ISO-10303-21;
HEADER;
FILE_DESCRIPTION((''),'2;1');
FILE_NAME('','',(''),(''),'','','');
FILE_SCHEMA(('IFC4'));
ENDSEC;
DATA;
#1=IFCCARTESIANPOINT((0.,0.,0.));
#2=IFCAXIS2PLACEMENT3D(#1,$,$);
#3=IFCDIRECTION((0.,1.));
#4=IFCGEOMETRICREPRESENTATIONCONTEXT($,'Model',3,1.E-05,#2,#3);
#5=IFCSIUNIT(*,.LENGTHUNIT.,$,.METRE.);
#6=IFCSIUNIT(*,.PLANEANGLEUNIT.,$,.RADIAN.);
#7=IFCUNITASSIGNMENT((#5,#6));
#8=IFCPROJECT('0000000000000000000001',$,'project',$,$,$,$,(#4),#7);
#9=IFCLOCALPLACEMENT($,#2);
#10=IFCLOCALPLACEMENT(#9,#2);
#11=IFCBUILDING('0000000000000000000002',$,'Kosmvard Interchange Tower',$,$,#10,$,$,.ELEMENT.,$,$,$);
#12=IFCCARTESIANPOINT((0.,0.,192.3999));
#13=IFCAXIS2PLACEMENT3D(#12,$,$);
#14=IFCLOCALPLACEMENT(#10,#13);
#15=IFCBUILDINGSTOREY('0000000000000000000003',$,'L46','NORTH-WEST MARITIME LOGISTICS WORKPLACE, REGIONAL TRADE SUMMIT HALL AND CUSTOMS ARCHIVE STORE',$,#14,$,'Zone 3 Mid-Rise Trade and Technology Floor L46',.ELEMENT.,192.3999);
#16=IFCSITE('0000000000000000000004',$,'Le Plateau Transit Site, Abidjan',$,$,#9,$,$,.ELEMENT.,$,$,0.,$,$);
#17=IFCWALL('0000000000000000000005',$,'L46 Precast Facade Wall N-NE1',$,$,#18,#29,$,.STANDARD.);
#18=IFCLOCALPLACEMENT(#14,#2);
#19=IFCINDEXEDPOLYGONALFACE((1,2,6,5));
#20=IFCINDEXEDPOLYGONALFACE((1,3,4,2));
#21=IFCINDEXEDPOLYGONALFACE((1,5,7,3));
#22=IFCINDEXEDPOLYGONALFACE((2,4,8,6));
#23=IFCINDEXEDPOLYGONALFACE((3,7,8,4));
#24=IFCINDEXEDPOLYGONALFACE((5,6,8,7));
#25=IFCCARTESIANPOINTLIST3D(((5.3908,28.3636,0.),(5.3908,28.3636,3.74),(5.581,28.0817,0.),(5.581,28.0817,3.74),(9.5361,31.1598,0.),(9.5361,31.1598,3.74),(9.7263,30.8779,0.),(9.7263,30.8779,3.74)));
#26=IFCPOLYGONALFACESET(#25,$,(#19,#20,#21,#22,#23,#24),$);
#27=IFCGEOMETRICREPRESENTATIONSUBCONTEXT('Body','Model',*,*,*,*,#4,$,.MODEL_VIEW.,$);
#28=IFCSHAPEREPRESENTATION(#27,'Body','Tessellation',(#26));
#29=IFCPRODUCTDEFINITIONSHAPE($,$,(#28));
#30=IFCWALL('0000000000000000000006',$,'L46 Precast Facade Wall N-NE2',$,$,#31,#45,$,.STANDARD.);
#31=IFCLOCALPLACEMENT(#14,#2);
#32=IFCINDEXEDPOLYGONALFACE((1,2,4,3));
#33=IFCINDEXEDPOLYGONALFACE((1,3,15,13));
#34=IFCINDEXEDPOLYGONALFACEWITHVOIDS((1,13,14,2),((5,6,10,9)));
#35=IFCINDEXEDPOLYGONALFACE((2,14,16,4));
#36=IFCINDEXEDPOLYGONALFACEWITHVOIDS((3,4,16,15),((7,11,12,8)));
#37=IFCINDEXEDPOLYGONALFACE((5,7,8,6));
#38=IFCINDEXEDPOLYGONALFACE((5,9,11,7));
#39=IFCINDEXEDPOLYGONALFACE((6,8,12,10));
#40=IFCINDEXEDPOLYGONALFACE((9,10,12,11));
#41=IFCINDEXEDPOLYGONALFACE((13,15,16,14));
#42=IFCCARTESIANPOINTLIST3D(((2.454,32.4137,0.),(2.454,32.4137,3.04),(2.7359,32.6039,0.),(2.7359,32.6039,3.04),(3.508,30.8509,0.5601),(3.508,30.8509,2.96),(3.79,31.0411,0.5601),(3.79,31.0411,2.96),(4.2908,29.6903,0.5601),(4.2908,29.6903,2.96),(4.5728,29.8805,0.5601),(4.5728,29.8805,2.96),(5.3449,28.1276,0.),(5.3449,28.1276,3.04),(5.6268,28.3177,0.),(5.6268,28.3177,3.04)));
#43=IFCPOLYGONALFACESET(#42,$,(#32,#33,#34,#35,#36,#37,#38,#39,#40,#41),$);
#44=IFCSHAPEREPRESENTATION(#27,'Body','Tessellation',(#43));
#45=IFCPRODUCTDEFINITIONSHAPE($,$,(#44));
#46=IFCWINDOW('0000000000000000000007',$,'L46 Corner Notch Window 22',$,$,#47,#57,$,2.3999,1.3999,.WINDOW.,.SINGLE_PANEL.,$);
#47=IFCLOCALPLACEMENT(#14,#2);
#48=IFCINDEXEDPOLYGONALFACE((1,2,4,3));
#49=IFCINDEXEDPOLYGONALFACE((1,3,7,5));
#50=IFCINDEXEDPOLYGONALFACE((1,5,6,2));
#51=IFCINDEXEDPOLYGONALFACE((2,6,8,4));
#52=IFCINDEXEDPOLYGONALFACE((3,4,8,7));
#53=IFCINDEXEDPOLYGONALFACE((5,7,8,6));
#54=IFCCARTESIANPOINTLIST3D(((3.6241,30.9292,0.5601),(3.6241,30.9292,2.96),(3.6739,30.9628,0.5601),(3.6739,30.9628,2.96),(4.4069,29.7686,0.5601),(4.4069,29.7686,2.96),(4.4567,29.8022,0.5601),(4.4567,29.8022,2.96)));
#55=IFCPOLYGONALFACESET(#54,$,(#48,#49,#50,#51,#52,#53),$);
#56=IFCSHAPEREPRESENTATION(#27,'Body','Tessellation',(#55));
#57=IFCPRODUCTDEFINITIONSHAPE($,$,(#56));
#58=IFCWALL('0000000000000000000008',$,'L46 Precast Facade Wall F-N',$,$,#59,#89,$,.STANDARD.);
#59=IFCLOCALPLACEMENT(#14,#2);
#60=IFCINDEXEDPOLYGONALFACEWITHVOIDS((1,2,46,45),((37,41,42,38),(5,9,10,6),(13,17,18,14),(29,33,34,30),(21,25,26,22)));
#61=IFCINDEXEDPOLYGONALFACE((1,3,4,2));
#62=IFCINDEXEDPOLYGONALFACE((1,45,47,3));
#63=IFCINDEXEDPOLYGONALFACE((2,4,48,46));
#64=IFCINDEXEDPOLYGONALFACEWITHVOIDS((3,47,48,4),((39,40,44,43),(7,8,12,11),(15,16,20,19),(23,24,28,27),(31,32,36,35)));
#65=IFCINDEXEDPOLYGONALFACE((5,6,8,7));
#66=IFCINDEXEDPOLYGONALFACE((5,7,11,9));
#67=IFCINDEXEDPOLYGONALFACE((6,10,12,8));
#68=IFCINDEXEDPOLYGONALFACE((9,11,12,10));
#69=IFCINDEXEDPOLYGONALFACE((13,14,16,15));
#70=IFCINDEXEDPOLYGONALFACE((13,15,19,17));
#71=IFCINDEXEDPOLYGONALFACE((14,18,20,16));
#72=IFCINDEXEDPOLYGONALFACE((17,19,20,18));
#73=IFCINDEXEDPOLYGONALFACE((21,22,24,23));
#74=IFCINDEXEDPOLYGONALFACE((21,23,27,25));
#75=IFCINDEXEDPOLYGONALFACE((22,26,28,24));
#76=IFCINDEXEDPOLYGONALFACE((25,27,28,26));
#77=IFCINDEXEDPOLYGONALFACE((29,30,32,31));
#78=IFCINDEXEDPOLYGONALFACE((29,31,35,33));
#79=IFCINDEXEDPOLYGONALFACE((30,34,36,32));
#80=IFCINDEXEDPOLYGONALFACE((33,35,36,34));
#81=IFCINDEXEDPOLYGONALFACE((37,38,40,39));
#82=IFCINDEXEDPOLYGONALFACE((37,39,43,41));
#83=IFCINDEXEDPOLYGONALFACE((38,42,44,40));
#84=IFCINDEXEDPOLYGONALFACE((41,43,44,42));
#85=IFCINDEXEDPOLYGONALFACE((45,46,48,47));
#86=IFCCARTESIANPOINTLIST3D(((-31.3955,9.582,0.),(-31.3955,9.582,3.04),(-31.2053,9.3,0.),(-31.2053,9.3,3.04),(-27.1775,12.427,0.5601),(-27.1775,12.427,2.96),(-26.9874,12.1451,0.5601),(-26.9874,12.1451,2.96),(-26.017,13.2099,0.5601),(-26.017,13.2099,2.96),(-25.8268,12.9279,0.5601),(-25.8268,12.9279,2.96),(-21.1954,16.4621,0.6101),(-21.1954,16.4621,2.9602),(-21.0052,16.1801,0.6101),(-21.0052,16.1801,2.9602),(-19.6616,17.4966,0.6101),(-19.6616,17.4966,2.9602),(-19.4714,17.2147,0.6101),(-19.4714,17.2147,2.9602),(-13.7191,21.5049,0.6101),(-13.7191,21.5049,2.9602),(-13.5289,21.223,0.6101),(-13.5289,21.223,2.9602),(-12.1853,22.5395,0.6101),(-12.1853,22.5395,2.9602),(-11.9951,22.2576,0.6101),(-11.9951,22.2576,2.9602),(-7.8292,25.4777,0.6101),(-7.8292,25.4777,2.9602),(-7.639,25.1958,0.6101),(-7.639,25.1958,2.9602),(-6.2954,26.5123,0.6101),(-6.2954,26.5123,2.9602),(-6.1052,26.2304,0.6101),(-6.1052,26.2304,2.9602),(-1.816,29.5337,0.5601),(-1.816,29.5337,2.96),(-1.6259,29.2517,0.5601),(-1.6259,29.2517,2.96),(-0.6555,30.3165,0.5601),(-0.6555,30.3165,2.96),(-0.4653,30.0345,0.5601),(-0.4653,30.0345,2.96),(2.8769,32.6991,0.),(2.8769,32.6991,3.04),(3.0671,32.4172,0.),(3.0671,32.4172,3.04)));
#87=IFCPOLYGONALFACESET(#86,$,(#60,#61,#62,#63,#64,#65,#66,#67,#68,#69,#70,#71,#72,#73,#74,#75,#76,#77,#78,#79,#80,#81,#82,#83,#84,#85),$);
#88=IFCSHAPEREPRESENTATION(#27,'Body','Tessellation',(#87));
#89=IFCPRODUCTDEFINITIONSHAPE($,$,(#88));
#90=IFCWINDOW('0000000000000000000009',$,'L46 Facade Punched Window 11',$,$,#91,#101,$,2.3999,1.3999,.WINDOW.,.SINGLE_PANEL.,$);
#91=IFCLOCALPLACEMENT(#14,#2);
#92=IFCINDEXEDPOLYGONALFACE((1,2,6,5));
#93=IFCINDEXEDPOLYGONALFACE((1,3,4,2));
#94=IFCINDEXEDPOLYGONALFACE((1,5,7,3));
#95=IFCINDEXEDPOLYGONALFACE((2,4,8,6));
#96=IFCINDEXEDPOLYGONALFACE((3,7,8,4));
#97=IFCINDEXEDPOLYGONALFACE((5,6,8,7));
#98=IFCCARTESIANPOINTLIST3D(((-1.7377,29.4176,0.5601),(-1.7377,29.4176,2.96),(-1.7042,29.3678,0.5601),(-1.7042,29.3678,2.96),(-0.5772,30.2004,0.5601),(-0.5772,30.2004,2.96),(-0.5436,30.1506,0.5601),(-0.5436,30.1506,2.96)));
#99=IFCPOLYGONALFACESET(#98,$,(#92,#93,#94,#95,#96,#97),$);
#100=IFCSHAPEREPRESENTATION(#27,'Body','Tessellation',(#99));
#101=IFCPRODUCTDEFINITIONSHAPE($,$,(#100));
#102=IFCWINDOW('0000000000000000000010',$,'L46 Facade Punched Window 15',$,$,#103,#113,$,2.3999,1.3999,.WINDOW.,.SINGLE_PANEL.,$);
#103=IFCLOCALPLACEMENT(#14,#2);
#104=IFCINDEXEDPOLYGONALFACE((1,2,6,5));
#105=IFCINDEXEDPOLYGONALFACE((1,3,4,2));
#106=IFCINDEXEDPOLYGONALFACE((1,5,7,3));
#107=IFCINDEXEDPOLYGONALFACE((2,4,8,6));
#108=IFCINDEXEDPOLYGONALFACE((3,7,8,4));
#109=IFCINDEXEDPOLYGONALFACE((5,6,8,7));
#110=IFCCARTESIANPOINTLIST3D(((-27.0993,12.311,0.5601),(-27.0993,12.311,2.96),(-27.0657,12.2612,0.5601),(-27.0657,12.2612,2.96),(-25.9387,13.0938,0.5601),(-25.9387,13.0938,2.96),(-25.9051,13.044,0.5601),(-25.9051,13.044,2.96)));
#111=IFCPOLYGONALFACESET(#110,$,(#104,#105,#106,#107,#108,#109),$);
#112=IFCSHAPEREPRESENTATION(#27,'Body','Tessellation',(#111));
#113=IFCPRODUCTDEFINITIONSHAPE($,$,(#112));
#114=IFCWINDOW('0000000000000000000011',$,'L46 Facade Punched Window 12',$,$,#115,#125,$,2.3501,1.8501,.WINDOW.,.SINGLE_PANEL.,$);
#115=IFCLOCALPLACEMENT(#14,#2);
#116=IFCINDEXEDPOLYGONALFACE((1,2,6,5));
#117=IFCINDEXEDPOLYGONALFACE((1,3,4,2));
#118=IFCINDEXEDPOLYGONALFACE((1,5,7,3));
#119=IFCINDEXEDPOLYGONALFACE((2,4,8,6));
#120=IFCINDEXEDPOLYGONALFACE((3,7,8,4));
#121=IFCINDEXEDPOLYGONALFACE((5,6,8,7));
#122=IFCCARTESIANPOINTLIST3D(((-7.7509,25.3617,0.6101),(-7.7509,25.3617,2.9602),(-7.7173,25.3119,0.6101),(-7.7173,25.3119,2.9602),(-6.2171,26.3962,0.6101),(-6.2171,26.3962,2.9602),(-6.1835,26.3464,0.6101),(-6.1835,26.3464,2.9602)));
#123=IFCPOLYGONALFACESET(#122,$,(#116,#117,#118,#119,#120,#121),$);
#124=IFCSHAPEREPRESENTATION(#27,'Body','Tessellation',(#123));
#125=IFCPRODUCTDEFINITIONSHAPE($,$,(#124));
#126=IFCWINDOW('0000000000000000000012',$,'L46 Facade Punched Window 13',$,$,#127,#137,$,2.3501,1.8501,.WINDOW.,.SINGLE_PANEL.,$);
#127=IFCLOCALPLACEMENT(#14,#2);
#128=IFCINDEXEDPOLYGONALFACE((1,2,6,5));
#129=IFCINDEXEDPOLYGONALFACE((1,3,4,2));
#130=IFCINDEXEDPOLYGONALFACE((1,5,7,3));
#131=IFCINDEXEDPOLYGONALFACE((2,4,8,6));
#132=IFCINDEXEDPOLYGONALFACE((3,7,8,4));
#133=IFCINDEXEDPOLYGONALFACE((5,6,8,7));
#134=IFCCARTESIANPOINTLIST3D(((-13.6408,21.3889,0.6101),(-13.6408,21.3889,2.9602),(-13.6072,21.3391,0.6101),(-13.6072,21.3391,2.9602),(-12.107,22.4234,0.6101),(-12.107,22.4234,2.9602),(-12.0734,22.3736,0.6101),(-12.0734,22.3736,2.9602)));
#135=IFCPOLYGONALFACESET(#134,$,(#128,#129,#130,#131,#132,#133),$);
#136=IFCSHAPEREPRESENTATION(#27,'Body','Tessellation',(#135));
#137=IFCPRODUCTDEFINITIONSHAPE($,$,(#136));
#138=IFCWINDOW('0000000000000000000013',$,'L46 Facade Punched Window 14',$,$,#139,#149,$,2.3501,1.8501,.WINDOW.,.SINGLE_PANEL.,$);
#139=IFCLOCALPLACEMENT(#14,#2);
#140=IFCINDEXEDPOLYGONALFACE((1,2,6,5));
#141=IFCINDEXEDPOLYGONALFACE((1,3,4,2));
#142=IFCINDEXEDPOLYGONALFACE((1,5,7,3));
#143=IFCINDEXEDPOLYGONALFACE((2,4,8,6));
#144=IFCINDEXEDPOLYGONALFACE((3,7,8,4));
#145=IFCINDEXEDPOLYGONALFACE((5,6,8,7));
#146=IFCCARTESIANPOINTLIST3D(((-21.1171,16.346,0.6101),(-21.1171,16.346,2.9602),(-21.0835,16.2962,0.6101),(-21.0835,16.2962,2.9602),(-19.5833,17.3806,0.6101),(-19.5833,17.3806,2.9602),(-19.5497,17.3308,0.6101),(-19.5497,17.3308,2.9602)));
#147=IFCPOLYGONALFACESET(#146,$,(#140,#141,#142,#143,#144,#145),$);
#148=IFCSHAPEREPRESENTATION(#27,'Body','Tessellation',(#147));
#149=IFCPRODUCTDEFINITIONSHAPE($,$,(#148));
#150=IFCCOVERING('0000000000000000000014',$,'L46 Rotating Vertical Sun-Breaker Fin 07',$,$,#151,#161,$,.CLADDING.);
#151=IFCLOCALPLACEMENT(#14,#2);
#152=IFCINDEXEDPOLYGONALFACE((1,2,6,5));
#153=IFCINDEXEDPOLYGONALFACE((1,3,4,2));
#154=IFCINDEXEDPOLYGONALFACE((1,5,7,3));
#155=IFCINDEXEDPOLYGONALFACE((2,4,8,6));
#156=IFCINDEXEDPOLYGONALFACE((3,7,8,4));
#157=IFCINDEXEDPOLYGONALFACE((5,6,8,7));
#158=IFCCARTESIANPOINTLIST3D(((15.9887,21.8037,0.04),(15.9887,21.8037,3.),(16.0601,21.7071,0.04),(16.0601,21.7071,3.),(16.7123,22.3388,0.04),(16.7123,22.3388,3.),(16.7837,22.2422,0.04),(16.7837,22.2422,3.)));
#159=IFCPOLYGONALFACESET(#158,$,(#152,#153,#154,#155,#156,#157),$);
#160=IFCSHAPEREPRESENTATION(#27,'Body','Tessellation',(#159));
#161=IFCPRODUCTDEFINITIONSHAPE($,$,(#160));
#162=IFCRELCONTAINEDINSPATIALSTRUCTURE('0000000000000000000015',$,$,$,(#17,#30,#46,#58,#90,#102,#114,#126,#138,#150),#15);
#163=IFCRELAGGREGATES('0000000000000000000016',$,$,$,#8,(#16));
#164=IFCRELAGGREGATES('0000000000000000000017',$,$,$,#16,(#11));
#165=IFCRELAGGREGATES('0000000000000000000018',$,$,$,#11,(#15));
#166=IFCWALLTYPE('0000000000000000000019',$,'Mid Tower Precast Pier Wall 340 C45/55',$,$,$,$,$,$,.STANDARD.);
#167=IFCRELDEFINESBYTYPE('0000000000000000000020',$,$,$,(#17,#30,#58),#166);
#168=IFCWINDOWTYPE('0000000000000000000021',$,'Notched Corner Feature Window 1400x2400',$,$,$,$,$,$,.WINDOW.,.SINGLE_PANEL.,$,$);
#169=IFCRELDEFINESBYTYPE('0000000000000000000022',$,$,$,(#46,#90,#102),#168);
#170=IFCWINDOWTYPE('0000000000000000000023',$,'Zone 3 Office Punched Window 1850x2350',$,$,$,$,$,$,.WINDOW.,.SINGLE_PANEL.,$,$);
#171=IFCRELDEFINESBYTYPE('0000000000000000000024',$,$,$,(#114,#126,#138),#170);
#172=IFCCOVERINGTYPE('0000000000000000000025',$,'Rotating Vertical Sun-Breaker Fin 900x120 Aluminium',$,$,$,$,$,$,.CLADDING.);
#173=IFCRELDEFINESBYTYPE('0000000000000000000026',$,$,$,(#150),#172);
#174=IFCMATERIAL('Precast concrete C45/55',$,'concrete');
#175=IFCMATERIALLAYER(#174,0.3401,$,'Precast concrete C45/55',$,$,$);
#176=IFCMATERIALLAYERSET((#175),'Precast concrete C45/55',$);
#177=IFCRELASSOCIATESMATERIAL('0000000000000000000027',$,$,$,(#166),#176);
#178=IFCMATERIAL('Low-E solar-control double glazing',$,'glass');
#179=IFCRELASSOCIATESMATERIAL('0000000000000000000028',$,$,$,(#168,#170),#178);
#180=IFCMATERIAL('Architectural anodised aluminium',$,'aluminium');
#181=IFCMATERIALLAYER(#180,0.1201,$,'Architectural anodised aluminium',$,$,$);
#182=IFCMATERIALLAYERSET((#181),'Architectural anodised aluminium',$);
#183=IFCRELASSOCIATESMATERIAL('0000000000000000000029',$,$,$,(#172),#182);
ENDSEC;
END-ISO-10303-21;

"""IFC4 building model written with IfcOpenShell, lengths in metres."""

from ifc_helpers import new_model, si_unit, direction, frame, frame_2d, origin, origin_2d, place, context, subcontext, project, spatial, rectangle, extrude, source, transform, mapped, material, layer, layer_set, type_object, element, fill, save


model = new_model("IFC4")

# Units and contexts
model_context = context("Model", 3, precision=1e-05, world=origin(), true_north=direction((0.0, 1.0)))
body_context = subcontext(model_context, "Body", "Model", "MODEL_VIEW")
ifc_project = project(units=[si_unit("LENGTHUNIT", "METRE"), si_unit("PLANEANGLEUNIT", "RADIAN")], contexts=[model_context])

# Site, building, storey
site_placement = place(None, origin())
site = spatial("IfcSite", under=ifc_project, at=site_placement, Name="Le Plateau Transit Site, Abidjan", CompositionType="ELEMENT", RefElevation=0.0)
building_placement = place(site_placement, origin())
building = spatial("IfcBuilding", under=site, at=building_placement, Name="Kosmvard Interchange Tower", CompositionType="ELEMENT")
storey_placement = place(building_placement, frame((0.0, 0.0, 192.3999)))
storey = spatial("IfcBuildingStorey", under=building, at=storey_placement, Name="L46", Description="NORTH-WEST MARITIME LOGISTICS WORKPLACE, REGIONAL TRADE SUMMIT HALL AND CUSTOMS ARCHIVE STORE", LongName="Zone 3 Mid-Rise Trade and Technology Floor L46", CompositionType="ELEMENT", Elevation=192.3999)

# Shared definitions
ifc_material_1 = material(Name="Precast concrete C45/55", Category="concrete")

# Wall
ifc_layer_1 = layer(ifc_material_1, 0.3401, Name="Precast concrete C45/55")
ifc_layer_set_1 = layer_set([ifc_layer_1], Name="Precast concrete C45/55")
wall_type = type_object("IfcWallType", Name="Mid Tower Precast Pier Wall 340 C45/55", PredefinedType="STANDARD", material=ifc_layer_set_1)
wall_1_placement = place(storey_placement, frame((9.6311, 31.0188, 0.0), z_axis=(0.0, 0.0, 1.0), x_axis=(-0.829026, -0.55921, 0.0)))
element("IfcWall", 1, at=wall_1_placement, inside=storey, type_object=wall_type, Name="L46 Precast Facade Wall N-NE1", PredefinedType="STANDARD", context=body_context, shape_type="SweptSolid", body=[
    extrude(rectangle(XDim=5.0002, YDim=0.3401, at=frame_2d((2.5, 0.0))), origin(), (0.0, 0.0, 1.0), 3.74),
])

# Wall, opening, window
wall_2_placement = place(storey_placement, frame((5.4858, 28.2227, 0.0), z_axis=(0.0, 0.0, 1.0), x_axis=(-0.559171, 0.829052, 0.0)))
wall_2 = element("IfcWall", 2, at=wall_2_placement, inside=storey, type_object=wall_type, Name="L46 Precast Facade Wall N-NE2", PredefinedType="STANDARD", context=body_context, shape_type="SweptSolid", body=[
    extrude(rectangle(XDim=5.1699, YDim=0.3401, at=frame_2d((2.585, 0.0))), origin(), (0.0, 0.0, 1.0), 3.04),
])
opening_1_placement = place(wall_2_placement, frame((1.885, 0.0, 0.5601)))
opening_1 = element("IfcOpeningElement", 3, at=opening_1_placement, cuts=wall_2, PredefinedType="OPENING", context=body_context, shape_type="SweptSolid", body=[
    extrude(rectangle(XDim=1.3999, YDim=2.3999, at=frame_2d((0.7, 1.2))), frame((0.0, 0.1802, 0.0), z_axis=(0.0, -1.0, 0.0), x_axis=(1.0, 0.0, 0.0)), (0.0, 0.0, 1.0), 0.3601),
])
ifc_material_2 = material(Name="Low-E solar-control double glazing", Category="glass")
window_type_1 = type_object("IfcWindowType", Name="Notched Corner Feature Window 1400x2400", PartitioningType="SINGLE_PANEL", PredefinedType="WINDOW", material=ifc_material_2)
shared_shape_1 = source(origin(), body_context, "Body", "SweptSolid", [
    extrude(rectangle(XDim=1.3999, YDim=2.3999, at=frame_2d((0.7, 1.2))), frame((0.0, 0.03, 0.0), z_axis=(0.0, -1.0, 0.0), x_axis=(1.0, 0.0, 0.0)), (0.0, 0.0, 1.0), 0.0601),
])
window_1_placement = place(opening_1_placement, origin())
window_1 = element("IfcWindow", 4, at=window_1_placement, inside=storey, type_object=window_type_1, Name="L46 Corner Notch Window 22", OverallHeight=2.3999, OverallWidth=1.3999, PartitioningType="SINGLE_PANEL", PredefinedType="WINDOW", context=body_context, shape_type="MappedRepresentation", body=[
    mapped(shared_shape_1, transform((0.0, 0.0, 0.0), scale=1.0)),
])
fill(opening_1, window_1)

# Wall, openings, windows
wall_3_placement = place(storey_placement, frame((2.9719, 32.5581, 0.0), z_axis=(0.0, 0.0, 1.0), x_axis=(-0.829036, -0.559195, 0.0)))
wall_3 = element("IfcWall", 5, at=wall_3_placement, inside=storey, type_object=wall_type, Name="L46 Precast Facade Wall F-N", PredefinedType="STANDARD", context=body_context, shape_type="SweptSolid", body=[
    extrude(rectangle(XDim=41.3401, YDim=0.3401, at=frame_2d((20.6699, 0.0))), origin(), (0.0, 0.0, 1.0), 3.04),
])
opening_2_placement = place(wall_3_placement, frame((4.2607, 0.0, 0.5601)))
opening_2 = element("IfcOpeningElement", 6, at=opening_2_placement, cuts=wall_3, PredefinedType="OPENING", context=body_context, shape_type="SweptSolid", body=[
    extrude(rectangle(XDim=1.3999, YDim=2.3999, at=frame_2d((0.7, 1.2))), frame((0.0, 0.1802, 0.0), z_axis=(0.0, -1.0, 0.0), x_axis=(1.0, 0.0, 0.0)), (0.0, 0.0, 1.0), 0.3601),
])
opening_3_placement = place(wall_3_placement, frame((11.0637, 0.0, 0.6101)))
opening_3 = element("IfcOpeningElement", 7, at=opening_3_placement, cuts=wall_3, PredefinedType="OPENING", context=body_context, shape_type="SweptSolid", body=[
    extrude(rectangle(XDim=1.8501, YDim=2.3501, at=frame_2d((0.925, 1.175))), frame((0.0, 0.1802, 0.0), z_axis=(0.0, -1.0, 0.0), x_axis=(1.0, 0.0, 0.0)), (0.0, 0.0, 1.0), 0.3601),
])
opening_4_placement = place(wall_3_placement, frame((18.1682, 0.0, 0.6101)))
opening_4 = element("IfcOpeningElement", 8, at=opening_4_placement, cuts=wall_3, PredefinedType="OPENING", context=body_context, shape_type="SweptSolid", body=[
    extrude(rectangle(XDim=1.8501, YDim=2.3501, at=frame_2d((0.925, 1.175))), frame((0.0, 0.1802, 0.0), z_axis=(0.0, -1.0, 0.0), x_axis=(1.0, 0.0, 0.0)), (0.0, 0.0, 1.0), 0.3601),
])
opening_5_placement = place(wall_3_placement, frame((27.1863, 0.0, 0.6101)))
opening_5 = element("IfcOpeningElement", 9, at=opening_5_placement, cuts=wall_3, PredefinedType="OPENING", context=body_context, shape_type="SweptSolid", body=[
    extrude(rectangle(XDim=1.8501, YDim=2.3501, at=frame_2d((0.925, 1.175))), frame((0.0, 0.1802, 0.0), z_axis=(0.0, -1.0, 0.0), x_axis=(1.0, 0.0, 0.0)), (0.0, 0.0, 1.0), 0.3601),
])
opening_6_placement = place(wall_3_placement, frame((34.8523, 0.0, 0.5601)))
opening_6 = element("IfcOpeningElement", 10, at=opening_6_placement, cuts=wall_3, PredefinedType="OPENING", context=body_context, shape_type="SweptSolid", body=[
    extrude(rectangle(XDim=1.3999, YDim=2.3999, at=frame_2d((0.7, 1.2))), frame((0.0, 0.1802, 0.0), z_axis=(0.0, -1.0, 0.0), x_axis=(1.0, 0.0, 0.0)), (0.0, 0.0, 1.0), 0.3601),
])
window_2_placement = place(opening_2_placement, origin())
window_2 = element("IfcWindow", 11, at=window_2_placement, inside=storey, type_object=window_type_1, Name="L46 Facade Punched Window 11", OverallHeight=2.3999, OverallWidth=1.3999, PartitioningType="SINGLE_PANEL", PredefinedType="WINDOW", context=body_context, shape_type="MappedRepresentation", body=[
    mapped(shared_shape_1, transform((0.0, 0.0, 0.0), scale=1.0)),
])
fill(opening_2, window_2)
window_3_placement = place(opening_6_placement, origin())
window_3 = element("IfcWindow", 12, at=window_3_placement, inside=storey, type_object=window_type_1, Name="L46 Facade Punched Window 15", OverallHeight=2.3999, OverallWidth=1.3999, PartitioningType="SINGLE_PANEL", PredefinedType="WINDOW", context=body_context, shape_type="MappedRepresentation", body=[
    mapped(shared_shape_1, transform((0.0, 0.0, 0.0), scale=1.0)),
])
fill(opening_6, window_3)
window_type_2 = type_object("IfcWindowType", Name="Zone 3 Office Punched Window 1850x2350", PartitioningType="SINGLE_PANEL", PredefinedType="WINDOW", material=ifc_material_2)
shared_shape_2 = source(origin(), body_context, "Body", "SweptSolid", [
    extrude(rectangle(XDim=1.8501, YDim=2.3501, at=frame_2d((0.925, 1.175))), frame((0.0, 0.03, 0.0), z_axis=(0.0, -1.0, 0.0), x_axis=(1.0, 0.0, 0.0)), (0.0, 0.0, 1.0), 0.0601),
])
window_4_placement = place(opening_3_placement, origin())
window_4 = element("IfcWindow", 13, at=window_4_placement, inside=storey, type_object=window_type_2, Name="L46 Facade Punched Window 12", OverallHeight=2.3501, OverallWidth=1.8501, PartitioningType="SINGLE_PANEL", PredefinedType="WINDOW", context=body_context, shape_type="MappedRepresentation", body=[
    mapped(shared_shape_2, transform((0.0, 0.0, 0.0), scale=1.0)),
])
fill(opening_3, window_4)
window_5_placement = place(opening_4_placement, origin())
window_5 = element("IfcWindow", 14, at=window_5_placement, inside=storey, type_object=window_type_2, Name="L46 Facade Punched Window 13", OverallHeight=2.3501, OverallWidth=1.8501, PartitioningType="SINGLE_PANEL", PredefinedType="WINDOW", context=body_context, shape_type="MappedRepresentation", body=[
    mapped(shared_shape_2, transform((0.0, 0.0, 0.0), scale=1.0)),
])
fill(opening_4, window_5)
window_6_placement = place(opening_5_placement, origin())
window_6 = element("IfcWindow", 15, at=window_6_placement, inside=storey, type_object=window_type_2, Name="L46 Facade Punched Window 14", OverallHeight=2.3501, OverallWidth=1.8501, PartitioningType="SINGLE_PANEL", PredefinedType="WINDOW", context=body_context, shape_type="MappedRepresentation", body=[
    mapped(shared_shape_2, transform((0.0, 0.0, 0.0), scale=1.0)),
])
fill(opening_5, window_6)

# Covering
ifc_material_3 = material(Name="Architectural anodised aluminium", Category="aluminium")
ifc_layer_2 = layer(ifc_material_3, 0.1201, Name="Architectural anodised aluminium")
ifc_layer_set_2 = layer_set([ifc_layer_2], Name="Architectural anodised aluminium")
covering_type = type_object("IfcCoveringType", Name="Rotating Vertical Sun-Breaker Fin 900x120 Aluminium", PredefinedType="CLADDING", material=ifc_layer_set_2)
shared_shape_3 = source(origin(), body_context, "Body", "SweptSolid", [
    extrude(rectangle(XDim=0.8999, YDim=0.1201, at=origin_2d()), origin(), (0.0, 0.0, 1.0), 2.96),
])
for number, where, z_axis, x_axis, name in (
    (16, (16.3862, 22.0229, 0.04), (0.0, 0.0, 1.0), (0.804064, 0.594542, 0.0), "L46 Rotating Vertical Sun-Breaker Fin 07"),
):
    element("IfcCovering", number, at=place(storey_placement, frame(where, z_axis=z_axis, x_axis=x_axis)), inside=storey, type_object=covering_type, Name=name, PredefinedType="CLADDING", context=body_context, shape_type="MappedRepresentation", body=[
        mapped(shared_shape_3, transform((0.0, 0.0, 0.0), scale=1.0)),
    ])

save(model, "model.ifc")
